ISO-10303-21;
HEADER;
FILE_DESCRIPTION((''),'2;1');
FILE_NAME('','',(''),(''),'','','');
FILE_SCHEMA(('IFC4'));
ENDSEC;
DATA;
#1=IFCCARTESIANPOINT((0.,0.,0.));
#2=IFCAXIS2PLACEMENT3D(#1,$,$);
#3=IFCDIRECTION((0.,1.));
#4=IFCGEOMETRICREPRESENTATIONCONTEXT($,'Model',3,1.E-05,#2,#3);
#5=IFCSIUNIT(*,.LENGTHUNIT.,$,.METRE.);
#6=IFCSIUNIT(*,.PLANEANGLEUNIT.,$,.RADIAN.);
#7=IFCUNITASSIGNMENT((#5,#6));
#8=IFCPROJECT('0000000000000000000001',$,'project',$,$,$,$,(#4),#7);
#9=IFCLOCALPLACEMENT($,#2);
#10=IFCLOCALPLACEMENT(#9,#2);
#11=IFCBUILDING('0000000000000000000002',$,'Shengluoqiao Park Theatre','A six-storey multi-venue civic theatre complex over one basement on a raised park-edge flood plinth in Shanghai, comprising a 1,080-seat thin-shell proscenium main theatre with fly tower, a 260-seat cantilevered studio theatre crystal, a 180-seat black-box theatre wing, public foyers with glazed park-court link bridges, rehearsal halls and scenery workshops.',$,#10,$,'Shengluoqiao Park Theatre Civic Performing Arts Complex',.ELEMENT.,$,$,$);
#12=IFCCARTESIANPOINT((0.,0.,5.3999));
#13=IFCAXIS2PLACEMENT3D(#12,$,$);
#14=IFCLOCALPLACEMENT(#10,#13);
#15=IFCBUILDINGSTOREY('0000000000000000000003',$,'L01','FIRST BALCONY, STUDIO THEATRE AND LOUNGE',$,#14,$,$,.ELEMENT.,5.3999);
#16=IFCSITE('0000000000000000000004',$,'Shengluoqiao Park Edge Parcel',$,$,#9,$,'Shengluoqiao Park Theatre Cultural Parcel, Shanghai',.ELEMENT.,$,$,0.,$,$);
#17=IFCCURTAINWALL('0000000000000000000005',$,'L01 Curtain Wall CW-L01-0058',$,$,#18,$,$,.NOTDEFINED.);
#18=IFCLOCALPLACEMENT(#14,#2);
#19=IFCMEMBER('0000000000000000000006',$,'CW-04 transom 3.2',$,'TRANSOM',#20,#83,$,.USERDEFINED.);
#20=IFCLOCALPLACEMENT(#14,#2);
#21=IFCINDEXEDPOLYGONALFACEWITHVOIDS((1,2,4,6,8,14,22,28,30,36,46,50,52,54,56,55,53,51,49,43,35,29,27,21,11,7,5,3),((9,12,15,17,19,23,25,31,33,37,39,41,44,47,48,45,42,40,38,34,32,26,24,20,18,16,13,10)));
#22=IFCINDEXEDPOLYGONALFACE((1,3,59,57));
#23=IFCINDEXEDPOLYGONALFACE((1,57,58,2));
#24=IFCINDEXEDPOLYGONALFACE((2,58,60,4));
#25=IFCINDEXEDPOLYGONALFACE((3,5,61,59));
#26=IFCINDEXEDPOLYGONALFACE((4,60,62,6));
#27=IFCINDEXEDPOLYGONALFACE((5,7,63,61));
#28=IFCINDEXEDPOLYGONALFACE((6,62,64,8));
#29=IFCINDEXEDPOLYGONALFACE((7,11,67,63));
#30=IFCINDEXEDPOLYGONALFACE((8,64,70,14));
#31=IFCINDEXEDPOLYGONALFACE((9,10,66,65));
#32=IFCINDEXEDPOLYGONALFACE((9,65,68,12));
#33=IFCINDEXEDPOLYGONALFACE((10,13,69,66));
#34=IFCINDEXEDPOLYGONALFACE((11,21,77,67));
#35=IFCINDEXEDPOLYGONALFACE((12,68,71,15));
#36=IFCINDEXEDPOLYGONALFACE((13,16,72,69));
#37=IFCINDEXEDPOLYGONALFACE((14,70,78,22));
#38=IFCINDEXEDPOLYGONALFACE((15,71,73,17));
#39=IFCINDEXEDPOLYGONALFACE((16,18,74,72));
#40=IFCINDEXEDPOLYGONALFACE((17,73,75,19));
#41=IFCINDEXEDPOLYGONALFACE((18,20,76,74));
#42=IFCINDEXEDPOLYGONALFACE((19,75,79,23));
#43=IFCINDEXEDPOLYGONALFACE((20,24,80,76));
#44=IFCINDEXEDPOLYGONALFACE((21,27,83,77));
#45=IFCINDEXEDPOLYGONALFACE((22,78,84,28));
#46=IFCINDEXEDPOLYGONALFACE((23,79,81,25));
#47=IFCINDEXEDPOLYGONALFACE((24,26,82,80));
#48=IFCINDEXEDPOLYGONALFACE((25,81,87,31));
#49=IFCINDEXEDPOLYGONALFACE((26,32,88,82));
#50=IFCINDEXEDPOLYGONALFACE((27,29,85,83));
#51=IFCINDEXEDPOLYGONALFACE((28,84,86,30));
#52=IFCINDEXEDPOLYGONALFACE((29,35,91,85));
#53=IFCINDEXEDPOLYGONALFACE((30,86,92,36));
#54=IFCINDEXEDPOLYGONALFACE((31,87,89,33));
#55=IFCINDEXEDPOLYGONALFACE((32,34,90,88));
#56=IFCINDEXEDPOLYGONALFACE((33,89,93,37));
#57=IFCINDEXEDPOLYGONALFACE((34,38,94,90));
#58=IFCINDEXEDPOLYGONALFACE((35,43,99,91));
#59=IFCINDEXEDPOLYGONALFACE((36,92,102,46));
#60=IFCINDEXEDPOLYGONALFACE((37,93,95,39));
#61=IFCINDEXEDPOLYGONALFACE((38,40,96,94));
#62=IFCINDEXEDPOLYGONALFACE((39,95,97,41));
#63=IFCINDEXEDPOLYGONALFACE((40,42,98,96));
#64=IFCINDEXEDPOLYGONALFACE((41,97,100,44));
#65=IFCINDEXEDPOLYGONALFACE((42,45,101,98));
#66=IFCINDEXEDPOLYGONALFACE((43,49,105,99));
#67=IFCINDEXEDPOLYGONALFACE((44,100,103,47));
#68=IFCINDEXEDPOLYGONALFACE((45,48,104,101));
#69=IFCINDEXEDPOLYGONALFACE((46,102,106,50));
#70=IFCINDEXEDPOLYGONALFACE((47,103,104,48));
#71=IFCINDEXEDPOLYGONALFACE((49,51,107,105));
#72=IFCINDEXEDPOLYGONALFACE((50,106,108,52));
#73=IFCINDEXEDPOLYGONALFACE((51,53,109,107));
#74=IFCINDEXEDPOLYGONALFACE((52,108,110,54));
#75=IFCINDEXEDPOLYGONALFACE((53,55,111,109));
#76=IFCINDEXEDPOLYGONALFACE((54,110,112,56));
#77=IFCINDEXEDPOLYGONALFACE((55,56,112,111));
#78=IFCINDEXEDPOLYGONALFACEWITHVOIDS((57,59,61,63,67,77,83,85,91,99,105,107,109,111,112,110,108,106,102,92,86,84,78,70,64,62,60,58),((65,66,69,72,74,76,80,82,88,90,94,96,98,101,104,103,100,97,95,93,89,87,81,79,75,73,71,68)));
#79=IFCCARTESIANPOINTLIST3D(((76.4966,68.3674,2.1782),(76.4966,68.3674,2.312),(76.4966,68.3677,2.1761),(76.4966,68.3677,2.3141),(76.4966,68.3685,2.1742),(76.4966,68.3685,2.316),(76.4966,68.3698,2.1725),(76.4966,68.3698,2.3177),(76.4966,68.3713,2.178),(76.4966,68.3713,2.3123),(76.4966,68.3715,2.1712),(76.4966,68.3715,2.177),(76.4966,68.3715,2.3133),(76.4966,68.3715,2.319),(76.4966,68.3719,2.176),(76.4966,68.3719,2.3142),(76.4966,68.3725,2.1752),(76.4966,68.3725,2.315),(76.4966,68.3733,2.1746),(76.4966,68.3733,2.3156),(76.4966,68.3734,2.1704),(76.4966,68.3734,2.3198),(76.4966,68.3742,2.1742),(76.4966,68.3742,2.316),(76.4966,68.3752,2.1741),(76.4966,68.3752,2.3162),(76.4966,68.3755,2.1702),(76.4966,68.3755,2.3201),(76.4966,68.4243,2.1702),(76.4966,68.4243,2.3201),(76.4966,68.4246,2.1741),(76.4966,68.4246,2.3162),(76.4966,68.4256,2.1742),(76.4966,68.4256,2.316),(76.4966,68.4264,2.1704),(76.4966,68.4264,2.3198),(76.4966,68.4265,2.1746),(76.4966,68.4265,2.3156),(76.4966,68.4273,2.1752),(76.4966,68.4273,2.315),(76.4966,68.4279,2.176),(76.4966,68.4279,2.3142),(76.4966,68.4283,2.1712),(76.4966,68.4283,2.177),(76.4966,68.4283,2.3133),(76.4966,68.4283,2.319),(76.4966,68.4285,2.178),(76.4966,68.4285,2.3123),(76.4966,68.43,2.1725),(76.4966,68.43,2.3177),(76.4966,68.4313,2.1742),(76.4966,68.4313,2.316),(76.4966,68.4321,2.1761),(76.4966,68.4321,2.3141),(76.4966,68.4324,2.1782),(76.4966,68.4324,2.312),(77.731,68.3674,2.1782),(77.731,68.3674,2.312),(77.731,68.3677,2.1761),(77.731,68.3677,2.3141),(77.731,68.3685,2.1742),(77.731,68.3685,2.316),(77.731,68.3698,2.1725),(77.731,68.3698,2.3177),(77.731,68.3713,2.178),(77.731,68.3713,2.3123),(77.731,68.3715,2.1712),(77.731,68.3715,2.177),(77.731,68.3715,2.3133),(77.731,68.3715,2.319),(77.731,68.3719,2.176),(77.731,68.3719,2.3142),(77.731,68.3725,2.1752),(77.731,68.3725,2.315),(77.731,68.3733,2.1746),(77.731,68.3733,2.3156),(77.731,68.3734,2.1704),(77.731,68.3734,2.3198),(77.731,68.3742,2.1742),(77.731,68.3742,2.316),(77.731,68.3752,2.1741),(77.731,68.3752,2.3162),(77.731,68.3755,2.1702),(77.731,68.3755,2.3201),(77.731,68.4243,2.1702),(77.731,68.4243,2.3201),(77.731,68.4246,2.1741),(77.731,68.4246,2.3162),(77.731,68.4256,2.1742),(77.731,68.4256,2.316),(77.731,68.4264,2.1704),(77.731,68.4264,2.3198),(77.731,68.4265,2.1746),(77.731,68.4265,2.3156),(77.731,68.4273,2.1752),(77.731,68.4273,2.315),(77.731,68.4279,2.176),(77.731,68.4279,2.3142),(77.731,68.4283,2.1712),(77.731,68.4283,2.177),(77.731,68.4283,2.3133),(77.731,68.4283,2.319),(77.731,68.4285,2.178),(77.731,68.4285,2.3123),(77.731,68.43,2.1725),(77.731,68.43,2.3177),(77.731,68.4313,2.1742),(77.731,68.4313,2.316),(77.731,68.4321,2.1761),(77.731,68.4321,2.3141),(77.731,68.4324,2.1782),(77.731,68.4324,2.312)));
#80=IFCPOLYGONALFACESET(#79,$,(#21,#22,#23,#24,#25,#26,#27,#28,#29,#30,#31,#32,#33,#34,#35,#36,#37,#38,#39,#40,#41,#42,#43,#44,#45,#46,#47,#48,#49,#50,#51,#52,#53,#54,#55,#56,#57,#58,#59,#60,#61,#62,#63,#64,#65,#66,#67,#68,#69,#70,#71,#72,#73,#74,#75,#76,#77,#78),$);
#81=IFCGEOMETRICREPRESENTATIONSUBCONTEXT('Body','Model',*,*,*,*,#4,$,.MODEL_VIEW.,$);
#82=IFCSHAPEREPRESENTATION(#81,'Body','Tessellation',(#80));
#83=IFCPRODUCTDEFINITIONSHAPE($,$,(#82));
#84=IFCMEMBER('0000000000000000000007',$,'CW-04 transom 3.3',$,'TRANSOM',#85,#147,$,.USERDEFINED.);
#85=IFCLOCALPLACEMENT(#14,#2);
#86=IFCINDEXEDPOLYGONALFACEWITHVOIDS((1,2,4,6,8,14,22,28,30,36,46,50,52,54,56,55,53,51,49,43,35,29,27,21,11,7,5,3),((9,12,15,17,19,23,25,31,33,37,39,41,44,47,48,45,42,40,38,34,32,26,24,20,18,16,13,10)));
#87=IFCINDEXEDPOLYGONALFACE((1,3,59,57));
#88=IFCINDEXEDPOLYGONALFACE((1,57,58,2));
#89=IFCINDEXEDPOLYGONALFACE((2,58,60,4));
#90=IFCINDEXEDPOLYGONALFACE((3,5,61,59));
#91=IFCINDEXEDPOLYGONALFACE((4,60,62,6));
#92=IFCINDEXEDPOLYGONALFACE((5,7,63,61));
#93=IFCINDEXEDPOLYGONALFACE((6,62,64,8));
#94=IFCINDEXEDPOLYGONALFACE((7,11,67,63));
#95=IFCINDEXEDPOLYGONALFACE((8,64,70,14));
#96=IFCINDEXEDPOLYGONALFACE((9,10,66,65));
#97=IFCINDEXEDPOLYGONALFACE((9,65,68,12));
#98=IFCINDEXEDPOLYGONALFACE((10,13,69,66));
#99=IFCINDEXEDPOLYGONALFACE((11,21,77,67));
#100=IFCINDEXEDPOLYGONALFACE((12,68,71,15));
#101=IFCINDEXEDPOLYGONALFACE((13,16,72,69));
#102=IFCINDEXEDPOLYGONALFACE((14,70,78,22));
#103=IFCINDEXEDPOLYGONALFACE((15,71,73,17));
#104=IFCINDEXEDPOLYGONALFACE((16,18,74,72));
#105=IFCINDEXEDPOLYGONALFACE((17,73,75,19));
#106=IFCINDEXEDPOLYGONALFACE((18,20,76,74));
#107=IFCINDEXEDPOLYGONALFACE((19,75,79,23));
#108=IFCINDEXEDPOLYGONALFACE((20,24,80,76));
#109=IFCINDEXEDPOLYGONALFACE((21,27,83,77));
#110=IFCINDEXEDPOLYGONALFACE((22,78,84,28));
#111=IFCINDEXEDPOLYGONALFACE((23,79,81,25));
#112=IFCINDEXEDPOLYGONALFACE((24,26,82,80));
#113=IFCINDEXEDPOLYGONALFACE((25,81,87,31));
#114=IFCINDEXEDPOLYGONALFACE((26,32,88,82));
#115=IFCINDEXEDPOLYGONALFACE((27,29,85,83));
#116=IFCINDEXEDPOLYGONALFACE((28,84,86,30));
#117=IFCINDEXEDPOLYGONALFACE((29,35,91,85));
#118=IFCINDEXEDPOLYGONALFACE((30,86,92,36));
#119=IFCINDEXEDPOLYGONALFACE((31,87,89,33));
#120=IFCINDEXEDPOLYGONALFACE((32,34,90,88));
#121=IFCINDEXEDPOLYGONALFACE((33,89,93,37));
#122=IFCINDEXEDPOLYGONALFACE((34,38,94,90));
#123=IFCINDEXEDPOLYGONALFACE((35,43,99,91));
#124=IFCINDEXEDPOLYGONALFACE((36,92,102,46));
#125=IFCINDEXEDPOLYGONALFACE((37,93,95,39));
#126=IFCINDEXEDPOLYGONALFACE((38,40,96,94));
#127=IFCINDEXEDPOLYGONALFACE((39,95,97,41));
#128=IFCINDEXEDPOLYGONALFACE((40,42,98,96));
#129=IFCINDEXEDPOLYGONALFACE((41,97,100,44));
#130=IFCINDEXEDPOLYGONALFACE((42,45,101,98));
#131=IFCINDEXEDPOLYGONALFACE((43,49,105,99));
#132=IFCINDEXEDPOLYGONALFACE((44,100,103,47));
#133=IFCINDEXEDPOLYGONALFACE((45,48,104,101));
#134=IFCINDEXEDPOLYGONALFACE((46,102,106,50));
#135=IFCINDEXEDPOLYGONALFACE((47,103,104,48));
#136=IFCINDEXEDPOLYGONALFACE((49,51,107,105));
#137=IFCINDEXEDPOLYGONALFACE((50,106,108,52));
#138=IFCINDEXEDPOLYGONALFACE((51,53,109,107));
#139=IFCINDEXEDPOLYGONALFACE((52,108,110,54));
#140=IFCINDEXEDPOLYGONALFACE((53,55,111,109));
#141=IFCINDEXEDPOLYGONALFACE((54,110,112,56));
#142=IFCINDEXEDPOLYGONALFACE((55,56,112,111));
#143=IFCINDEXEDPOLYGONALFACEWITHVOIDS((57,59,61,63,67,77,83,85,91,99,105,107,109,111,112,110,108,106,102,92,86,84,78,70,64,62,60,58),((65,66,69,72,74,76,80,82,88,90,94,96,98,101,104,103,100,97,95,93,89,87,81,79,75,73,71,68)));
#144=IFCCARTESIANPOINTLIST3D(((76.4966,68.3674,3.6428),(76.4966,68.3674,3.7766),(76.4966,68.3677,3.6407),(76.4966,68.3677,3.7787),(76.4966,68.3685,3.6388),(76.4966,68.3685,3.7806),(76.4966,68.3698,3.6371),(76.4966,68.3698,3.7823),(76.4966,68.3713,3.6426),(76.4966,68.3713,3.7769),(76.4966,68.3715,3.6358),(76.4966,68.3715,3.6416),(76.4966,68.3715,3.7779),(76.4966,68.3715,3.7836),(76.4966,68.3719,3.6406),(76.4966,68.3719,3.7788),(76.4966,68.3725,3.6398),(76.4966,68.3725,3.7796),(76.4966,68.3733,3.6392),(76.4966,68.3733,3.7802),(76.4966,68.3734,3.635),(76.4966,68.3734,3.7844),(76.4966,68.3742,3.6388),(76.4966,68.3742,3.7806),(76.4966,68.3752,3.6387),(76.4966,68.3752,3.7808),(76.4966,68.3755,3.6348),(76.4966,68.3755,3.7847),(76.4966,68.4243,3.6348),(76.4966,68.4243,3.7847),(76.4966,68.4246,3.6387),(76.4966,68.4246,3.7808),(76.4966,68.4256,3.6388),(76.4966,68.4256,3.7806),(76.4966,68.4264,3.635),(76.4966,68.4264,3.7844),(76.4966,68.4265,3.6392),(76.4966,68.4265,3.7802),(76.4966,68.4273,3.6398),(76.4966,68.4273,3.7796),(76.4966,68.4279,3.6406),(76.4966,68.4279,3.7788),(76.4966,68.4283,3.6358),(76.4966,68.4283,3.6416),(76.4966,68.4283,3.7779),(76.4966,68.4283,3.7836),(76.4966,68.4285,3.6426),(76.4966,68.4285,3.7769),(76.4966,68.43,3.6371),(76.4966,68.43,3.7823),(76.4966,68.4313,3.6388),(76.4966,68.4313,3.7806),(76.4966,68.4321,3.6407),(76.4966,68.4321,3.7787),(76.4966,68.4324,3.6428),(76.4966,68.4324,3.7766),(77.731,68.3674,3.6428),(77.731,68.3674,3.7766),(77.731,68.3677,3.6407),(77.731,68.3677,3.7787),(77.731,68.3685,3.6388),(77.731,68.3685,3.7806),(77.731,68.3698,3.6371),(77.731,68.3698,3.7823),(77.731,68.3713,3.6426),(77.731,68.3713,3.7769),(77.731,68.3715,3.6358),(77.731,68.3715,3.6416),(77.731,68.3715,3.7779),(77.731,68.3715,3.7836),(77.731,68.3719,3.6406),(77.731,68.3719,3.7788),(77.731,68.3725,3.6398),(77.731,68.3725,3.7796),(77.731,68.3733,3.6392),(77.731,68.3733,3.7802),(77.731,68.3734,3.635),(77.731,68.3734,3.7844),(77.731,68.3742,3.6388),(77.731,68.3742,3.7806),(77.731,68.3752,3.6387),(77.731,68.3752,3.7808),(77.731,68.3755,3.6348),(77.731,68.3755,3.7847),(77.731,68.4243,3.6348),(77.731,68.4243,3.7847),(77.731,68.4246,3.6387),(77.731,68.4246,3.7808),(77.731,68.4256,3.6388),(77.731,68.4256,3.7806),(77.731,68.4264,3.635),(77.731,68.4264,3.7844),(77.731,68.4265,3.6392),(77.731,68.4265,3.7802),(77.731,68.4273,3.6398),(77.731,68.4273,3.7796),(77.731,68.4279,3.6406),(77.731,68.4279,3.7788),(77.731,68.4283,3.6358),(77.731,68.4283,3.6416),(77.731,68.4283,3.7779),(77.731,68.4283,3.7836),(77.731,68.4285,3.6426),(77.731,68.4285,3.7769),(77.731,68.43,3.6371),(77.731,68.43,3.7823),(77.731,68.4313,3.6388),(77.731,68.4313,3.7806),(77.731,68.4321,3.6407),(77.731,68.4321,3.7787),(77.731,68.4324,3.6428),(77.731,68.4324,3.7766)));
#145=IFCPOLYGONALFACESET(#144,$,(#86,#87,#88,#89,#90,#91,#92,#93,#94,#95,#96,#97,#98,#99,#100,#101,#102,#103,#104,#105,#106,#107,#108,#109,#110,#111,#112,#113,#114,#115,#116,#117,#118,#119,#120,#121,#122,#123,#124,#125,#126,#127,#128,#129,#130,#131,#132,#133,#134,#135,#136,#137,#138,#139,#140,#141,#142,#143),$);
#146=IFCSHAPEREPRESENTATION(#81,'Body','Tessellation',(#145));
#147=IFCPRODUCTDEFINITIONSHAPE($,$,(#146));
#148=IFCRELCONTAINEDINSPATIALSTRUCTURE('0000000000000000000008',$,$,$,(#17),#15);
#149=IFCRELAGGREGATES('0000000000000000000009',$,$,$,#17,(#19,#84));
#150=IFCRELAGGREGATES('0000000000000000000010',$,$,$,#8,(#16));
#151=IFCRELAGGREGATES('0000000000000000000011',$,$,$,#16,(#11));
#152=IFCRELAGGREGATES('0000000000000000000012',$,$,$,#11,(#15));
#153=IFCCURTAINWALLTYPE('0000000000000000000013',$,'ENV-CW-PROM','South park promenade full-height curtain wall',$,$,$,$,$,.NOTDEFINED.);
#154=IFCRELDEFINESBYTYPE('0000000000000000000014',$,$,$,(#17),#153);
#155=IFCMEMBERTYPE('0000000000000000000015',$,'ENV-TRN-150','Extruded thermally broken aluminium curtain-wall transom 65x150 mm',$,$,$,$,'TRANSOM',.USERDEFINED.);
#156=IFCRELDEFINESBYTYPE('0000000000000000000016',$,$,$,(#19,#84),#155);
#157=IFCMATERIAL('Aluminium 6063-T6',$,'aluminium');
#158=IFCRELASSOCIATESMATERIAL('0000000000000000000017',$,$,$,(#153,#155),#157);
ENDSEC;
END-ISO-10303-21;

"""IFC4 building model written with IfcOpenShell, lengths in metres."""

from ifc_helpers import new_model, si_unit, direction, frame, origin, origin_2d, place, context, subcontext, project, spatial, hollow_rectangle, extrude, material, material_profile, profile_set, type_object, element, aggregate, save


model = new_model("IFC4")

# Units and contexts
model_context = context("Model", 3, precision=1e-05, world=origin(), true_north=direction((0.0, 1.0)))
body_context = subcontext(model_context, "Body", "Model", "MODEL_VIEW")
ifc_project = project(units=[si_unit("LENGTHUNIT", "METRE"), si_unit("PLANEANGLEUNIT", "RADIAN")], contexts=[model_context])

# Site, building, storey
site_placement = place(None, origin())
site = spatial("IfcSite", under=ifc_project, at=site_placement, Name="Shengluoqiao Park Edge Parcel", LongName="Shengluoqiao Park Theatre Cultural Parcel, Shanghai", CompositionType="ELEMENT", RefElevation=0.0)
building_placement = place(site_placement, origin())
building = spatial("IfcBuilding", under=site, at=building_placement, Name="Shengluoqiao Park Theatre", Description="A six-storey multi-venue civic theatre complex over one basement on a raised park-edge flood plinth in Shanghai, comprising a 1,080-seat thin-shell proscenium main theatre with fly tower, a 260-seat cantilevered studio theatre crystal, a 180-seat black-box theatre wing, public foyers with glazed park-court link bridges, rehearsal halls and scenery workshops.", LongName="Shengluoqiao Park Theatre Civic Performing Arts Complex", CompositionType="ELEMENT")
storey_placement = place(building_placement, frame((0.0, 0.0, 5.3999)))
storey = spatial("IfcBuildingStorey", under=building, at=storey_placement, Name="L01", Description="FIRST BALCONY, STUDIO THEATRE AND LOUNGE", CompositionType="ELEMENT", Elevation=5.3999)

# Curtain wall
ifc_material_1 = material(Name="Aluminium 6063-T6", Category="aluminium")
curtain_wall_type = type_object("IfcCurtainWallType", Name="ENV-CW-PROM", Description="South park promenade full-height curtain wall", PredefinedType="NOTDEFINED", material=ifc_material_1)
curtain_wall_1_placement = place(storey_placement, origin())
curtain_wall_1 = element("IfcCurtainWall", 1, at=curtain_wall_1_placement, inside=storey, type_object=curtain_wall_type, Name="L01 Curtain Wall CW-L01-0058", PredefinedType="NOTDEFINED")

# Members
ifc_material_profile_1 = material_profile(ifc_material_1, hollow_rectangle(XDim=0.0649, YDim=0.1499, WallThickness=0.0039, InnerFilletRadius=0.0039, OuterFilletRadius=0.0081, at=origin_2d()), Name="ALU TRANSOM 150x65x4")
ifc_profile_set_1 = profile_set([ifc_material_profile_1], Name="Aluminium 6063-T6")
member_type_1 = type_object("IfcMemberType", Name="ENV-TRN-150", Description="Extruded thermally broken aluminium curtain-wall transom 65x150 mm", ElementType="TRANSOM", PredefinedType="USERDEFINED", material=ifc_profile_set_1)
member_1_placement = place(storey_placement, frame((76.4966, 68.3999, 2.2451), z_axis=(1.0, 0.0, 0.0), x_axis=(0.0, 1.0, 0.0)))
member_1 = element("IfcMember", 2, at=member_1_placement, type_object=member_type_1, Name="CW-04 transom 3.2", ObjectType="TRANSOM", PredefinedType="USERDEFINED", context=body_context, shape_type="SweptSolid", body=[
    extrude(hollow_rectangle(XDim=0.0649, YDim=0.1499, WallThickness=0.0039, InnerFilletRadius=0.0039, OuterFilletRadius=0.0081, at=origin_2d()), origin(), (0.0, 0.0, 1.0), 1.2344),
])
member_2_placement = place(storey_placement, frame((76.4966, 68.3999, 3.7097), z_axis=(1.0, 0.0, 0.0), x_axis=(0.0, 1.0, 0.0)))
member_2 = element("IfcMember", 3, at=member_2_placement, type_object=member_type_1, Name="CW-04 transom 3.3", ObjectType="TRANSOM", PredefinedType="USERDEFINED", context=body_context, shape_type="SweptSolid", body=[
    extrude(hollow_rectangle(XDim=0.0649, YDim=0.1499, WallThickness=0.0039, InnerFilletRadius=0.0039, OuterFilletRadius=0.0081, at=origin_2d()), origin(), (0.0, 0.0, 1.0), 1.2344),
])

aggregate(curtain_wall_1, [member_1, member_2])

save(model, "model.ifc")
